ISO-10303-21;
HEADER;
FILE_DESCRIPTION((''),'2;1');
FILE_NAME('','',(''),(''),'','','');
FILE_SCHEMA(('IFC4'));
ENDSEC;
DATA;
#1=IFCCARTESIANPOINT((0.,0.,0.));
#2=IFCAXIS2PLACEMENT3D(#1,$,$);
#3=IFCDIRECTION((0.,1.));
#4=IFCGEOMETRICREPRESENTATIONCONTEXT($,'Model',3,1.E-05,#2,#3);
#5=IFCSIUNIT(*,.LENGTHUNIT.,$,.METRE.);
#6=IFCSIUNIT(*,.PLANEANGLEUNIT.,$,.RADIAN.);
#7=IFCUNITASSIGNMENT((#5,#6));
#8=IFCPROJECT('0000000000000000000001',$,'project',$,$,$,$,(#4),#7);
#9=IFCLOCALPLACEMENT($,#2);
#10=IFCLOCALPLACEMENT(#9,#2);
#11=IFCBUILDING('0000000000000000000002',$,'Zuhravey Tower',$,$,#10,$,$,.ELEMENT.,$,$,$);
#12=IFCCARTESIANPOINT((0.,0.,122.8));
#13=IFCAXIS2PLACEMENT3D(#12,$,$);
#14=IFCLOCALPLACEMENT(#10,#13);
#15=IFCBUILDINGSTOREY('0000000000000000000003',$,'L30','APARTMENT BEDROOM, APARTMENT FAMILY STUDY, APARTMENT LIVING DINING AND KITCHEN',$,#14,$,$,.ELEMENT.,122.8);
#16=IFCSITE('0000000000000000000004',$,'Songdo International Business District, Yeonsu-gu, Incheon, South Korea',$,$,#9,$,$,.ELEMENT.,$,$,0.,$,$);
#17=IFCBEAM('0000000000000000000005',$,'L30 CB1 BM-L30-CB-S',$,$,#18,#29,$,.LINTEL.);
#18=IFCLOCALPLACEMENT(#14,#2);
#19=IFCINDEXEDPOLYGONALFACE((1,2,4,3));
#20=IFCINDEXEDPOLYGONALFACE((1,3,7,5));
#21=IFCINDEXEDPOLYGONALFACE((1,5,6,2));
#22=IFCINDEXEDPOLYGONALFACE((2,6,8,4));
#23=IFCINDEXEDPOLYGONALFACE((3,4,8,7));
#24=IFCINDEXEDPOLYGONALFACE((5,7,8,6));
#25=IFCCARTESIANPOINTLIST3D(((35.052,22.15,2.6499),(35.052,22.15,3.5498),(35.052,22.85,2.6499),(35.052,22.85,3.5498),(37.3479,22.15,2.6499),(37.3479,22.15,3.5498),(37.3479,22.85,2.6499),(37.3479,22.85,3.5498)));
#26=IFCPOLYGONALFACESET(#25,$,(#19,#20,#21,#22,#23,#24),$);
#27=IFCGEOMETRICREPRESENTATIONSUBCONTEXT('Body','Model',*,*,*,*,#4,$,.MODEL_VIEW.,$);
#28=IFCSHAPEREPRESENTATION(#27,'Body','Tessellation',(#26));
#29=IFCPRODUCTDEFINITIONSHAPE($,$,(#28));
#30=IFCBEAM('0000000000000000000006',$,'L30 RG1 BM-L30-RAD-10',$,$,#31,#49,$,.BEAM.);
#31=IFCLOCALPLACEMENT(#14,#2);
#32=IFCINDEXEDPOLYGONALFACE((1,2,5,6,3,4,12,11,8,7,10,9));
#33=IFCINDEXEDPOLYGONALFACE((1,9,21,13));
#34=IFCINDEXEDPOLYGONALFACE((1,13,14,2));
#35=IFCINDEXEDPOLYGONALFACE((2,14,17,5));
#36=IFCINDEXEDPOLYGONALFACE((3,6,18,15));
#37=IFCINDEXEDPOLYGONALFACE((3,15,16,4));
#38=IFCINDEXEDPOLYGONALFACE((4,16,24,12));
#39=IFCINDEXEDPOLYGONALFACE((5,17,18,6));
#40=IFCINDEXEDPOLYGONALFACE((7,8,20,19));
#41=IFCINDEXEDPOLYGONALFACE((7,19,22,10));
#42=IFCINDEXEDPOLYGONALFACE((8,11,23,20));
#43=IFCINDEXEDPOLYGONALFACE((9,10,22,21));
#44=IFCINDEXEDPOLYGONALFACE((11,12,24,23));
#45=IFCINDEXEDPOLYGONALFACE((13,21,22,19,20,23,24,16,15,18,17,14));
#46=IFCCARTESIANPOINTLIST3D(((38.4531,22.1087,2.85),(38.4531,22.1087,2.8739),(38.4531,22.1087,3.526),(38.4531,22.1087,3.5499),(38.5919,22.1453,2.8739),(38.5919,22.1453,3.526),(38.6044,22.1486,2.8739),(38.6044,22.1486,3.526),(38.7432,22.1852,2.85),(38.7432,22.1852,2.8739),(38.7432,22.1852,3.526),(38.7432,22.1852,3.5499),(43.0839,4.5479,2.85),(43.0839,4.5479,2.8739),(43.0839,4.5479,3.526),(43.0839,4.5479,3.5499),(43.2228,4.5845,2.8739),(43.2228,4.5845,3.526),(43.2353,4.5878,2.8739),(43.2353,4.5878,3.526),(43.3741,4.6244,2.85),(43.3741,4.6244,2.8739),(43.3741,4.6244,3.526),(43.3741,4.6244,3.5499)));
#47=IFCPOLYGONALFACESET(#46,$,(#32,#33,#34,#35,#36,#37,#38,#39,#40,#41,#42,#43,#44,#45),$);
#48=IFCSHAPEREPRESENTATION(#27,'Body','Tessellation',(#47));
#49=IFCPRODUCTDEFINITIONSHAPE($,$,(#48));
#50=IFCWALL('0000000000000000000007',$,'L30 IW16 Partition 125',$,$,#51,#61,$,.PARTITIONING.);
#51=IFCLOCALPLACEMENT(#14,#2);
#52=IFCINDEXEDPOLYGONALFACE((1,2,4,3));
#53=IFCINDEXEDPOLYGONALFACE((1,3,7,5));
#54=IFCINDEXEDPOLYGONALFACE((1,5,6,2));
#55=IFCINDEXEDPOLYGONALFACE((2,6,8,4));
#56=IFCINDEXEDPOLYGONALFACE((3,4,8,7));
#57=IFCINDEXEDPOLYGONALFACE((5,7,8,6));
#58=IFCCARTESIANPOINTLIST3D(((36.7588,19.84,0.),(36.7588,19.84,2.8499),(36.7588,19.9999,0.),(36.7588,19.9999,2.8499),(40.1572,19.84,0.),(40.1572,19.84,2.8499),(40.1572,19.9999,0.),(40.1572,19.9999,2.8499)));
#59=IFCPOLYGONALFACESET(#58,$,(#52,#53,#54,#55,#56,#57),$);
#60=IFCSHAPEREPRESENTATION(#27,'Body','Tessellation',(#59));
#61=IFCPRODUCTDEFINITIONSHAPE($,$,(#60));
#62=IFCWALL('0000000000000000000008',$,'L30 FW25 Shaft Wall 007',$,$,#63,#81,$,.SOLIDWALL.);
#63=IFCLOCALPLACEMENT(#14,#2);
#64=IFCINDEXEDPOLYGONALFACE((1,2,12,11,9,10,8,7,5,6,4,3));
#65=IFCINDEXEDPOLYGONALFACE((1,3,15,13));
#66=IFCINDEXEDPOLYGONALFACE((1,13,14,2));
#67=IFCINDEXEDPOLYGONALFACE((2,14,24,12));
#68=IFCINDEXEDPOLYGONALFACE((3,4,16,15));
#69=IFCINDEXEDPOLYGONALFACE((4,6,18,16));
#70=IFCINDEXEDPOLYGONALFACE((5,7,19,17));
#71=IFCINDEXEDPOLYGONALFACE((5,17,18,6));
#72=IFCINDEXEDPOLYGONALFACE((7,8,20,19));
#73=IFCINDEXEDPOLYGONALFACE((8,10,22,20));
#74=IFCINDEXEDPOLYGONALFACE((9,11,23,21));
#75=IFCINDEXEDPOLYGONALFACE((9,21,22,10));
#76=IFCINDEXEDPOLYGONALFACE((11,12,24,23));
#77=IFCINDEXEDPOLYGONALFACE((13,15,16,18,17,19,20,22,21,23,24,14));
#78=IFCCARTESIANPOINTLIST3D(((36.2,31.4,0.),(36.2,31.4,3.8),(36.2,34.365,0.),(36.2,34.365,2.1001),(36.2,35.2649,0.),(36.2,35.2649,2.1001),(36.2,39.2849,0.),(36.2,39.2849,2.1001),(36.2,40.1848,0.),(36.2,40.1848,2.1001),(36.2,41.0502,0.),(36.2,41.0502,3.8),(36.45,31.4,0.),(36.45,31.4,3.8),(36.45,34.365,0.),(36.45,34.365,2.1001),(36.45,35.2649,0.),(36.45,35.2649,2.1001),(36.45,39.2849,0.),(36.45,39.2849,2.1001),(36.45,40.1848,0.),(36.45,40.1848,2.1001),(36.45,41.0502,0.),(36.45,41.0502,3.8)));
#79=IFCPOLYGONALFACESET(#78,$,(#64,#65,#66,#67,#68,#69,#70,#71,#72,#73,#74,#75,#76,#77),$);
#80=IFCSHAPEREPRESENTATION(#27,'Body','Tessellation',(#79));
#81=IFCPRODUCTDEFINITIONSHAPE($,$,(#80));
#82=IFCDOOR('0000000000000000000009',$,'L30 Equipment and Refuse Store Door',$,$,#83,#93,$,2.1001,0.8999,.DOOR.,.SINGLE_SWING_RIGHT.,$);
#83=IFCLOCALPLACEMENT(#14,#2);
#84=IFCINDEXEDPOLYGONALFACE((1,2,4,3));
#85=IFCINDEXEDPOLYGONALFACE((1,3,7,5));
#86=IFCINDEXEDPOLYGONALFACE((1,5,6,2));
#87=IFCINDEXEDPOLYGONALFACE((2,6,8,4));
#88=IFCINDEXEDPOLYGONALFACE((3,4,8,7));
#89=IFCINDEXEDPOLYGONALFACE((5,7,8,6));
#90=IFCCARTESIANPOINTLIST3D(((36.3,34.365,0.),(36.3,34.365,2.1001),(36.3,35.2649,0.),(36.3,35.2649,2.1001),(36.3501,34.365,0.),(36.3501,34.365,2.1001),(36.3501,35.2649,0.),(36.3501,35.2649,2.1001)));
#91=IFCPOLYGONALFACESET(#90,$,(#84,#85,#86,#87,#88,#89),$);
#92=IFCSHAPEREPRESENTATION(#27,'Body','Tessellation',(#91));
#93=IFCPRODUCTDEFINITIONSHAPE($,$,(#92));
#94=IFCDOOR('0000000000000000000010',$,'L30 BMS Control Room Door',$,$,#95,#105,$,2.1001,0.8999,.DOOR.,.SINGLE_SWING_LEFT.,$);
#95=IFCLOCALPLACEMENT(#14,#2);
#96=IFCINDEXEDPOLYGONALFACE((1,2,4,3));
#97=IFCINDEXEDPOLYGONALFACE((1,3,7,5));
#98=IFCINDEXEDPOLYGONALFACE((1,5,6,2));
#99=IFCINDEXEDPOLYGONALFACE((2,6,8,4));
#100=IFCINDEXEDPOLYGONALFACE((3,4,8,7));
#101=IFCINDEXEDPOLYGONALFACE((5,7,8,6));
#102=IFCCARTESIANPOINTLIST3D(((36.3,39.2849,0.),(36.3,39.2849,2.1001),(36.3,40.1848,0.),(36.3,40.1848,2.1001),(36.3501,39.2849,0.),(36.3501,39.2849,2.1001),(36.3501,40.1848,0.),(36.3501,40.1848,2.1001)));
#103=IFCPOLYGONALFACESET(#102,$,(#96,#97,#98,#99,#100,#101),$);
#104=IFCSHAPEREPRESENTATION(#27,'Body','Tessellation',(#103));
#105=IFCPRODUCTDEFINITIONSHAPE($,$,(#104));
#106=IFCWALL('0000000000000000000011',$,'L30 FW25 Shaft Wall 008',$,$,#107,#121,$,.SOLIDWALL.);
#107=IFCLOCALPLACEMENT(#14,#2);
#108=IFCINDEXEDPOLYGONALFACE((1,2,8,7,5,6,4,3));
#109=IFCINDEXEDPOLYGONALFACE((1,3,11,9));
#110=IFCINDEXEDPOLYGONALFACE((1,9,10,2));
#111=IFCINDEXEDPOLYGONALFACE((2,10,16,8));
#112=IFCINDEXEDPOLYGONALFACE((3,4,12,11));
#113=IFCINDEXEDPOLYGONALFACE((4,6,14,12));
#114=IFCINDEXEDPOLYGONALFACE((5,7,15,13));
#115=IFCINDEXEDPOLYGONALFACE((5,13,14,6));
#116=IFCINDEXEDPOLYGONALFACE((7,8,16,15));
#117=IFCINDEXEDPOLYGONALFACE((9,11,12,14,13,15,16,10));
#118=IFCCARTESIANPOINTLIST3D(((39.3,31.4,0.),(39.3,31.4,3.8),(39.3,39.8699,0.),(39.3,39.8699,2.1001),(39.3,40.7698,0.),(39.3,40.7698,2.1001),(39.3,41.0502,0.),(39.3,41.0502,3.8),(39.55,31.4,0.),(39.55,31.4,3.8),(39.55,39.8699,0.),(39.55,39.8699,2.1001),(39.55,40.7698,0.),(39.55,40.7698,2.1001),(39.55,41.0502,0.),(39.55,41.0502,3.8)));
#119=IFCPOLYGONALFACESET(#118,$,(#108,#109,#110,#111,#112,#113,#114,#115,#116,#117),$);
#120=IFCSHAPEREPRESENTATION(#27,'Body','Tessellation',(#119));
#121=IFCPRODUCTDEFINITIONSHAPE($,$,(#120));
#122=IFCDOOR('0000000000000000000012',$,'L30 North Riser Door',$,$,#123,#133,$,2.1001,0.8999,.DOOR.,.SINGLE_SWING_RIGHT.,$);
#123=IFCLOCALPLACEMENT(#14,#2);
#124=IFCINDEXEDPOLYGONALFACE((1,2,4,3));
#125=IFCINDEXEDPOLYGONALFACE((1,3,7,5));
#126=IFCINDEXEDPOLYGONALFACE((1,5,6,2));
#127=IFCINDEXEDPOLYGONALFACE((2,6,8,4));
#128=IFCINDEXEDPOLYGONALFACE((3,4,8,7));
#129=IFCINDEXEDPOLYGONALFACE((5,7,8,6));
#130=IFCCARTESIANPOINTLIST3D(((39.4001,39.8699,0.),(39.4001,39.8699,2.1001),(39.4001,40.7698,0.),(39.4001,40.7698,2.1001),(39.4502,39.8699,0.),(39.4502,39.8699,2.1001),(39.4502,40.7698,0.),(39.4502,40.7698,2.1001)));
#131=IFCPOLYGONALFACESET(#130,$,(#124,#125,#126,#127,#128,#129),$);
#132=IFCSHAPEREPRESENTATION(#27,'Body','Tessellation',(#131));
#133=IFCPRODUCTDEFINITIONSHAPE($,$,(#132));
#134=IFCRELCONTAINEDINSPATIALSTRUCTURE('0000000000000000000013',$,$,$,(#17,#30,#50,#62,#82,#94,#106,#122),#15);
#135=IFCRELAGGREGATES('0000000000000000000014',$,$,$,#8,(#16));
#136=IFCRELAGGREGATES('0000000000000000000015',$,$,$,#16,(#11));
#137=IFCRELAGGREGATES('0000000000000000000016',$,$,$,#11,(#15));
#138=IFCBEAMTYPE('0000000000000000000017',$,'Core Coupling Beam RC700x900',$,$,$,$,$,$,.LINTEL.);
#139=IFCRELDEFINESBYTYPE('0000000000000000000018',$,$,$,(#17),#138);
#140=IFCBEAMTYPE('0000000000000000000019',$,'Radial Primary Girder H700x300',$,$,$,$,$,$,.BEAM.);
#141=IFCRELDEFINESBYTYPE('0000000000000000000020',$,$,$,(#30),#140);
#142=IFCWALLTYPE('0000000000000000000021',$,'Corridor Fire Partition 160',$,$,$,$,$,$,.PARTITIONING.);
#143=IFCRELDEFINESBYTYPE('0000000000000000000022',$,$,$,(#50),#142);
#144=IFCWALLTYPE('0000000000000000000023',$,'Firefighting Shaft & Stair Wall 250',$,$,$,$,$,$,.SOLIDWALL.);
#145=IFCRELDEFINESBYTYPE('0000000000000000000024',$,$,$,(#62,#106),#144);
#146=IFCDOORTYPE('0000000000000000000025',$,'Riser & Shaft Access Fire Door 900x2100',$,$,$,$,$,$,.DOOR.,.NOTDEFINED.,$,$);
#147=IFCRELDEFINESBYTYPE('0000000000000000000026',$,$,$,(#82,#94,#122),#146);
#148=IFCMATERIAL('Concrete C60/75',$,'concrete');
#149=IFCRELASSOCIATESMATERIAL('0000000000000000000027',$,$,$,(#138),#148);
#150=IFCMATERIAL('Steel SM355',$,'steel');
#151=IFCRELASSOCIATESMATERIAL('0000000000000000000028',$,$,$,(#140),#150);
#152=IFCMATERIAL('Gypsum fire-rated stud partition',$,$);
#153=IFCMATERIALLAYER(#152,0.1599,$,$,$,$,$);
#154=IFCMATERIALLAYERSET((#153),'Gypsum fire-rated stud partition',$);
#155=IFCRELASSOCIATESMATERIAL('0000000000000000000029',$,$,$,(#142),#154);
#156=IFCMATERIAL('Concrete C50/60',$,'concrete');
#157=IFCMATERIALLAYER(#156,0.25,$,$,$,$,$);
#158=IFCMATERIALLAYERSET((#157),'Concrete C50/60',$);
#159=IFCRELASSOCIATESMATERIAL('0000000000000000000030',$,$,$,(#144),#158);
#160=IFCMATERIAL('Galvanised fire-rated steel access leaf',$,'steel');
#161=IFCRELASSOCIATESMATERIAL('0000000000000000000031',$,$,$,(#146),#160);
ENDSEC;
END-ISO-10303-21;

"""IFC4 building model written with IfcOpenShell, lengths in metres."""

from ifc_helpers import new_model, si_unit, direction, frame, frame_2d, origin, origin_2d, place, context, subcontext, project, spatial, rectangle, i_section, extrude, material, layer, layer_set, material_profile, profile_set, type_object, element, fill, save


model = new_model("IFC4")

# Units and contexts
model_context = context("Model", 3, precision=1e-05, world=origin(), true_north=direction((0.0, 1.0)))
body_context = subcontext(model_context, "Body", "Model", "MODEL_VIEW")
ifc_project = project(units=[si_unit("LENGTHUNIT", "METRE"), si_unit("PLANEANGLEUNIT", "RADIAN")], contexts=[model_context])

# Site, building, storey
site_placement = place(None, origin())
site = spatial("IfcSite", under=ifc_project, at=site_placement, Name="Songdo International Business District, Yeonsu-gu, Incheon, South Korea", CompositionType="ELEMENT", RefElevation=0.0)
building_placement = place(site_placement, origin())
building = spatial("IfcBuilding", under=site, at=building_placement, Name="Zuhravey Tower", CompositionType="ELEMENT")
storey_placement = place(building_placement, frame((0.0, 0.0, 122.8)))
storey = spatial("IfcBuildingStorey", under=building, at=storey_placement, Name="L30", Description="APARTMENT BEDROOM, APARTMENT FAMILY STUDY, APARTMENT LIVING DINING AND KITCHEN", CompositionType="ELEMENT", Elevation=122.8)

# Beams
ifc_material_1 = material(Name="Concrete C60/75", Category="concrete")
ifc_material_profile_1 = material_profile(ifc_material_1, rectangle(XDim=0.7, YDim=0.8999, at=origin_2d()), Name="RC-700x900")
ifc_profile_set_1 = profile_set([ifc_material_profile_1], Name="Concrete C60/75")
beam_type_1 = type_object("IfcBeamType", Name="Core Coupling Beam RC700x900", PredefinedType="LINTEL", material=ifc_profile_set_1)
beam_1_placement = place(storey_placement, frame((35.052, 22.5, 3.0999), z_axis=(1.0, 0.0, 0.0), x_axis=(0.0, 1.0, 0.0)))
element("IfcBeam", 1, at=beam_1_placement, inside=storey, type_object=beam_type_1, Name="L30 CB1 BM-L30-CB-S", PredefinedType="LINTEL", context=body_context, shape_type="SweptSolid", body=[
    extrude(rectangle(XDim=0.7, YDim=0.8999, at=origin_2d()), origin(), (0.0, 0.0, 1.0), 2.2959),
])
ifc_material_2 = material(Name="Steel SM355", Category="steel")
ifc_material_profile_2 = material_profile(ifc_material_2, i_section(OverallWidth=0.3, OverallDepth=0.7, WebThickness=0.0129, FlangeThickness=0.0239, at=origin_2d()), Name="H-700x300x13x24")
ifc_profile_set_2 = profile_set([ifc_material_profile_2], Name="Steel SM355")
beam_type_2 = type_object("IfcBeamType", Name="Radial Primary Girder H700x300", PredefinedType="BEAM", material=ifc_profile_set_2)
beam_2_placement = place(storey_placement, frame((38.5981, 22.147, 3.2), z_axis=(0.254988, -0.966944, 0.0), x_axis=(0.966944, 0.254988, 0.0)))
element("IfcBeam", 2, at=beam_2_placement, inside=storey, type_object=beam_type_2, Name="L30 RG1 BM-L30-RAD-10", PredefinedType="BEAM", context=body_context, shape_type="SweptSolid", body=[
    extrude(i_section(OverallWidth=0.3, OverallDepth=0.7, WebThickness=0.0129, FlangeThickness=0.0239, at=origin_2d()), origin(), (0.0, 0.0, 1.0), 18.1611),
])

# Wall
ifc_material_3 = material(Name="Gypsum fire-rated stud partition")
ifc_layer_1 = layer(ifc_material_3, 0.1599)
ifc_layer_set_1 = layer_set([ifc_layer_1], Name="Gypsum fire-rated stud partition")
wall_type_1 = type_object("IfcWallType", Name="Corridor Fire Partition 160", PredefinedType="PARTITIONING", material=ifc_layer_set_1)
wall_1_placement = place(storey_placement, frame((36.7588, 19.9199, 0.0), z_axis=(0.0, 0.0, 1.0), x_axis=(1.0, 0.0, 0.0)))
element("IfcWall", 3, at=wall_1_placement, inside=storey, type_object=wall_type_1, Name="L30 IW16 Partition 125", PredefinedType="PARTITIONING", context=body_context, shape_type="SweptSolid", body=[
    extrude(rectangle(XDim=3.3984, YDim=0.1599, at=frame_2d((1.6992, 0.0))), origin(), (0.0, 0.0, 1.0), 2.8499),
])

# Shared definitions
ifc_material_4 = material(Name="Concrete C50/60", Category="concrete")
ifc_layer_2 = layer(ifc_material_4, 0.25)
ifc_layer_set_2 = layer_set([ifc_layer_2], Name="Concrete C50/60")
wall_type_2 = type_object("IfcWallType", Name="Firefighting Shaft & Stair Wall 250", PredefinedType="SOLIDWALL", material=ifc_layer_set_2)

# Wall, openings, doors
wall_2_placement = place(storey_placement, frame((36.325, 31.3999, 0.0), z_axis=(0.0, 0.0, 1.0), x_axis=(0.0, 1.0, 0.0)))
wall_2 = element("IfcWall", 4, at=wall_2_placement, inside=storey, type_object=wall_type_2, Name="L30 FW25 Shaft Wall 007", PredefinedType="SOLIDWALL", context=body_context, shape_type="SweptSolid", body=[
    extrude(rectangle(XDim=9.6501, YDim=0.25, at=frame_2d((4.8252, 0.0))), origin(), (0.0, 0.0, 1.0), 3.8),
])
opening_1_placement = place(wall_2_placement, frame((2.9651, 0.0, 0.0)))
opening_1 = element("IfcOpeningElement", 5, at=opening_1_placement, cuts=wall_2, PredefinedType="OPENING", context=body_context, shape_type="SweptSolid", body=[
    extrude(rectangle(XDim=0.8999, YDim=2.1001, at=frame_2d((0.45, 1.05))), frame((0.0, 0.137, 0.0), z_axis=(0.0, -1.0, 0.0), x_axis=(1.0, 0.0, 0.0)), (0.0, 0.0, 1.0), 0.2739),
])
opening_2_placement = place(wall_2_placement, frame((7.885, 0.0, 0.0)))
opening_2 = element("IfcOpeningElement", 6, at=opening_2_placement, cuts=wall_2, PredefinedType="OPENING", context=body_context, shape_type="SweptSolid", body=[
    extrude(rectangle(XDim=0.8999, YDim=2.1001, at=frame_2d((0.45, 1.05))), frame((0.0, 0.137, 0.0), z_axis=(0.0, -1.0, 0.0), x_axis=(1.0, 0.0, 0.0)), (0.0, 0.0, 1.0), 0.2739),
])
ifc_material_5 = material(Name="Galvanised fire-rated steel access leaf", Category="steel")
door_type_1 = type_object("IfcDoorType", Name="Riser & Shaft Access Fire Door 900x2100", OperationType="NOTDEFINED", PredefinedType="DOOR", material=ifc_material_5)
door_1_placement = place(opening_1_placement, origin())
door_1 = element("IfcDoor", 7, at=door_1_placement, inside=storey, type_object=door_type_1, Name="L30 Equipment and Refuse Store Door", OperationType="SINGLE_SWING_RIGHT", OverallHeight=2.1001, OverallWidth=0.8999, PredefinedType="DOOR", context=body_context, shape_type="SweptSolid", body=[
    extrude(rectangle(XDim=0.8999, YDim=2.1001, at=frame_2d((0.45, 1.05))), frame((0.0, 0.0249, 0.0), z_axis=(0.0, -1.0, 0.0), x_axis=(1.0, 0.0, 0.0)), (0.0, 0.0, 1.0), 0.05),
])
fill(opening_1, door_1)
door_2_placement = place(opening_2_placement, origin())
door_2 = element("IfcDoor", 8, at=door_2_placement, inside=storey, type_object=door_type_1, Name="L30 BMS Control Room Door", OperationType="SINGLE_SWING_LEFT", OverallHeight=2.1001, OverallWidth=0.8999, PredefinedType="DOOR", context=body_context, shape_type="SweptSolid", body=[
    extrude(rectangle(XDim=0.8999, YDim=2.1001, at=frame_2d((0.45, 1.05))), frame((0.0, 0.0249, 0.0), z_axis=(0.0, -1.0, 0.0), x_axis=(1.0, 0.0, 0.0)), (0.0, 0.0, 1.0), 0.05),
])
fill(opening_2, door_2)

# Wall, opening, door
wall_3_placement = place(storey_placement, frame((39.425, 31.3999, 0.0), z_axis=(0.0, 0.0, 1.0), x_axis=(0.0, 1.0, 0.0)))
wall_3 = element("IfcWall", 9, at=wall_3_placement, inside=storey, type_object=wall_type_2, Name="L30 FW25 Shaft Wall 008", PredefinedType="SOLIDWALL", context=body_context, shape_type="SweptSolid", body=[
    extrude(rectangle(XDim=9.6501, YDim=0.25, at=frame_2d((4.8252, 0.0))), origin(), (0.0, 0.0, 1.0), 3.8),
])
opening_3_placement = place(wall_3_placement, frame((8.47, 0.0, 0.0)))
opening_3 = element("IfcOpeningElement", 10, at=opening_3_placement, cuts=wall_3, PredefinedType="OPENING", context=body_context, shape_type="SweptSolid", body=[
    extrude(rectangle(XDim=0.8999, YDim=2.1001, at=frame_2d((0.45, 1.05))), frame((0.0, 0.137, 0.0), z_axis=(0.0, -1.0, 0.0), x_axis=(1.0, 0.0, 0.0)), (0.0, 0.0, 1.0), 0.2739),
])
door_3_placement = place(opening_3_placement, origin())
door_3 = element("IfcDoor", 11, at=door_3_placement, inside=storey, type_object=door_type_1, Name="L30 North Riser Door", OperationType="SINGLE_SWING_RIGHT", OverallHeight=2.1001, OverallWidth=0.8999, PredefinedType="DOOR", context=body_context, shape_type="SweptSolid", body=[
    extrude(rectangle(XDim=0.8999, YDim=2.1001, at=frame_2d((0.45, 1.05))), frame((0.0, 0.0249, 0.0), z_axis=(0.0, -1.0, 0.0), x_axis=(1.0, 0.0, 0.0)), (0.0, 0.0, 1.0), 0.05),
])
fill(opening_3, door_3)

save(model, "model.ifc")
